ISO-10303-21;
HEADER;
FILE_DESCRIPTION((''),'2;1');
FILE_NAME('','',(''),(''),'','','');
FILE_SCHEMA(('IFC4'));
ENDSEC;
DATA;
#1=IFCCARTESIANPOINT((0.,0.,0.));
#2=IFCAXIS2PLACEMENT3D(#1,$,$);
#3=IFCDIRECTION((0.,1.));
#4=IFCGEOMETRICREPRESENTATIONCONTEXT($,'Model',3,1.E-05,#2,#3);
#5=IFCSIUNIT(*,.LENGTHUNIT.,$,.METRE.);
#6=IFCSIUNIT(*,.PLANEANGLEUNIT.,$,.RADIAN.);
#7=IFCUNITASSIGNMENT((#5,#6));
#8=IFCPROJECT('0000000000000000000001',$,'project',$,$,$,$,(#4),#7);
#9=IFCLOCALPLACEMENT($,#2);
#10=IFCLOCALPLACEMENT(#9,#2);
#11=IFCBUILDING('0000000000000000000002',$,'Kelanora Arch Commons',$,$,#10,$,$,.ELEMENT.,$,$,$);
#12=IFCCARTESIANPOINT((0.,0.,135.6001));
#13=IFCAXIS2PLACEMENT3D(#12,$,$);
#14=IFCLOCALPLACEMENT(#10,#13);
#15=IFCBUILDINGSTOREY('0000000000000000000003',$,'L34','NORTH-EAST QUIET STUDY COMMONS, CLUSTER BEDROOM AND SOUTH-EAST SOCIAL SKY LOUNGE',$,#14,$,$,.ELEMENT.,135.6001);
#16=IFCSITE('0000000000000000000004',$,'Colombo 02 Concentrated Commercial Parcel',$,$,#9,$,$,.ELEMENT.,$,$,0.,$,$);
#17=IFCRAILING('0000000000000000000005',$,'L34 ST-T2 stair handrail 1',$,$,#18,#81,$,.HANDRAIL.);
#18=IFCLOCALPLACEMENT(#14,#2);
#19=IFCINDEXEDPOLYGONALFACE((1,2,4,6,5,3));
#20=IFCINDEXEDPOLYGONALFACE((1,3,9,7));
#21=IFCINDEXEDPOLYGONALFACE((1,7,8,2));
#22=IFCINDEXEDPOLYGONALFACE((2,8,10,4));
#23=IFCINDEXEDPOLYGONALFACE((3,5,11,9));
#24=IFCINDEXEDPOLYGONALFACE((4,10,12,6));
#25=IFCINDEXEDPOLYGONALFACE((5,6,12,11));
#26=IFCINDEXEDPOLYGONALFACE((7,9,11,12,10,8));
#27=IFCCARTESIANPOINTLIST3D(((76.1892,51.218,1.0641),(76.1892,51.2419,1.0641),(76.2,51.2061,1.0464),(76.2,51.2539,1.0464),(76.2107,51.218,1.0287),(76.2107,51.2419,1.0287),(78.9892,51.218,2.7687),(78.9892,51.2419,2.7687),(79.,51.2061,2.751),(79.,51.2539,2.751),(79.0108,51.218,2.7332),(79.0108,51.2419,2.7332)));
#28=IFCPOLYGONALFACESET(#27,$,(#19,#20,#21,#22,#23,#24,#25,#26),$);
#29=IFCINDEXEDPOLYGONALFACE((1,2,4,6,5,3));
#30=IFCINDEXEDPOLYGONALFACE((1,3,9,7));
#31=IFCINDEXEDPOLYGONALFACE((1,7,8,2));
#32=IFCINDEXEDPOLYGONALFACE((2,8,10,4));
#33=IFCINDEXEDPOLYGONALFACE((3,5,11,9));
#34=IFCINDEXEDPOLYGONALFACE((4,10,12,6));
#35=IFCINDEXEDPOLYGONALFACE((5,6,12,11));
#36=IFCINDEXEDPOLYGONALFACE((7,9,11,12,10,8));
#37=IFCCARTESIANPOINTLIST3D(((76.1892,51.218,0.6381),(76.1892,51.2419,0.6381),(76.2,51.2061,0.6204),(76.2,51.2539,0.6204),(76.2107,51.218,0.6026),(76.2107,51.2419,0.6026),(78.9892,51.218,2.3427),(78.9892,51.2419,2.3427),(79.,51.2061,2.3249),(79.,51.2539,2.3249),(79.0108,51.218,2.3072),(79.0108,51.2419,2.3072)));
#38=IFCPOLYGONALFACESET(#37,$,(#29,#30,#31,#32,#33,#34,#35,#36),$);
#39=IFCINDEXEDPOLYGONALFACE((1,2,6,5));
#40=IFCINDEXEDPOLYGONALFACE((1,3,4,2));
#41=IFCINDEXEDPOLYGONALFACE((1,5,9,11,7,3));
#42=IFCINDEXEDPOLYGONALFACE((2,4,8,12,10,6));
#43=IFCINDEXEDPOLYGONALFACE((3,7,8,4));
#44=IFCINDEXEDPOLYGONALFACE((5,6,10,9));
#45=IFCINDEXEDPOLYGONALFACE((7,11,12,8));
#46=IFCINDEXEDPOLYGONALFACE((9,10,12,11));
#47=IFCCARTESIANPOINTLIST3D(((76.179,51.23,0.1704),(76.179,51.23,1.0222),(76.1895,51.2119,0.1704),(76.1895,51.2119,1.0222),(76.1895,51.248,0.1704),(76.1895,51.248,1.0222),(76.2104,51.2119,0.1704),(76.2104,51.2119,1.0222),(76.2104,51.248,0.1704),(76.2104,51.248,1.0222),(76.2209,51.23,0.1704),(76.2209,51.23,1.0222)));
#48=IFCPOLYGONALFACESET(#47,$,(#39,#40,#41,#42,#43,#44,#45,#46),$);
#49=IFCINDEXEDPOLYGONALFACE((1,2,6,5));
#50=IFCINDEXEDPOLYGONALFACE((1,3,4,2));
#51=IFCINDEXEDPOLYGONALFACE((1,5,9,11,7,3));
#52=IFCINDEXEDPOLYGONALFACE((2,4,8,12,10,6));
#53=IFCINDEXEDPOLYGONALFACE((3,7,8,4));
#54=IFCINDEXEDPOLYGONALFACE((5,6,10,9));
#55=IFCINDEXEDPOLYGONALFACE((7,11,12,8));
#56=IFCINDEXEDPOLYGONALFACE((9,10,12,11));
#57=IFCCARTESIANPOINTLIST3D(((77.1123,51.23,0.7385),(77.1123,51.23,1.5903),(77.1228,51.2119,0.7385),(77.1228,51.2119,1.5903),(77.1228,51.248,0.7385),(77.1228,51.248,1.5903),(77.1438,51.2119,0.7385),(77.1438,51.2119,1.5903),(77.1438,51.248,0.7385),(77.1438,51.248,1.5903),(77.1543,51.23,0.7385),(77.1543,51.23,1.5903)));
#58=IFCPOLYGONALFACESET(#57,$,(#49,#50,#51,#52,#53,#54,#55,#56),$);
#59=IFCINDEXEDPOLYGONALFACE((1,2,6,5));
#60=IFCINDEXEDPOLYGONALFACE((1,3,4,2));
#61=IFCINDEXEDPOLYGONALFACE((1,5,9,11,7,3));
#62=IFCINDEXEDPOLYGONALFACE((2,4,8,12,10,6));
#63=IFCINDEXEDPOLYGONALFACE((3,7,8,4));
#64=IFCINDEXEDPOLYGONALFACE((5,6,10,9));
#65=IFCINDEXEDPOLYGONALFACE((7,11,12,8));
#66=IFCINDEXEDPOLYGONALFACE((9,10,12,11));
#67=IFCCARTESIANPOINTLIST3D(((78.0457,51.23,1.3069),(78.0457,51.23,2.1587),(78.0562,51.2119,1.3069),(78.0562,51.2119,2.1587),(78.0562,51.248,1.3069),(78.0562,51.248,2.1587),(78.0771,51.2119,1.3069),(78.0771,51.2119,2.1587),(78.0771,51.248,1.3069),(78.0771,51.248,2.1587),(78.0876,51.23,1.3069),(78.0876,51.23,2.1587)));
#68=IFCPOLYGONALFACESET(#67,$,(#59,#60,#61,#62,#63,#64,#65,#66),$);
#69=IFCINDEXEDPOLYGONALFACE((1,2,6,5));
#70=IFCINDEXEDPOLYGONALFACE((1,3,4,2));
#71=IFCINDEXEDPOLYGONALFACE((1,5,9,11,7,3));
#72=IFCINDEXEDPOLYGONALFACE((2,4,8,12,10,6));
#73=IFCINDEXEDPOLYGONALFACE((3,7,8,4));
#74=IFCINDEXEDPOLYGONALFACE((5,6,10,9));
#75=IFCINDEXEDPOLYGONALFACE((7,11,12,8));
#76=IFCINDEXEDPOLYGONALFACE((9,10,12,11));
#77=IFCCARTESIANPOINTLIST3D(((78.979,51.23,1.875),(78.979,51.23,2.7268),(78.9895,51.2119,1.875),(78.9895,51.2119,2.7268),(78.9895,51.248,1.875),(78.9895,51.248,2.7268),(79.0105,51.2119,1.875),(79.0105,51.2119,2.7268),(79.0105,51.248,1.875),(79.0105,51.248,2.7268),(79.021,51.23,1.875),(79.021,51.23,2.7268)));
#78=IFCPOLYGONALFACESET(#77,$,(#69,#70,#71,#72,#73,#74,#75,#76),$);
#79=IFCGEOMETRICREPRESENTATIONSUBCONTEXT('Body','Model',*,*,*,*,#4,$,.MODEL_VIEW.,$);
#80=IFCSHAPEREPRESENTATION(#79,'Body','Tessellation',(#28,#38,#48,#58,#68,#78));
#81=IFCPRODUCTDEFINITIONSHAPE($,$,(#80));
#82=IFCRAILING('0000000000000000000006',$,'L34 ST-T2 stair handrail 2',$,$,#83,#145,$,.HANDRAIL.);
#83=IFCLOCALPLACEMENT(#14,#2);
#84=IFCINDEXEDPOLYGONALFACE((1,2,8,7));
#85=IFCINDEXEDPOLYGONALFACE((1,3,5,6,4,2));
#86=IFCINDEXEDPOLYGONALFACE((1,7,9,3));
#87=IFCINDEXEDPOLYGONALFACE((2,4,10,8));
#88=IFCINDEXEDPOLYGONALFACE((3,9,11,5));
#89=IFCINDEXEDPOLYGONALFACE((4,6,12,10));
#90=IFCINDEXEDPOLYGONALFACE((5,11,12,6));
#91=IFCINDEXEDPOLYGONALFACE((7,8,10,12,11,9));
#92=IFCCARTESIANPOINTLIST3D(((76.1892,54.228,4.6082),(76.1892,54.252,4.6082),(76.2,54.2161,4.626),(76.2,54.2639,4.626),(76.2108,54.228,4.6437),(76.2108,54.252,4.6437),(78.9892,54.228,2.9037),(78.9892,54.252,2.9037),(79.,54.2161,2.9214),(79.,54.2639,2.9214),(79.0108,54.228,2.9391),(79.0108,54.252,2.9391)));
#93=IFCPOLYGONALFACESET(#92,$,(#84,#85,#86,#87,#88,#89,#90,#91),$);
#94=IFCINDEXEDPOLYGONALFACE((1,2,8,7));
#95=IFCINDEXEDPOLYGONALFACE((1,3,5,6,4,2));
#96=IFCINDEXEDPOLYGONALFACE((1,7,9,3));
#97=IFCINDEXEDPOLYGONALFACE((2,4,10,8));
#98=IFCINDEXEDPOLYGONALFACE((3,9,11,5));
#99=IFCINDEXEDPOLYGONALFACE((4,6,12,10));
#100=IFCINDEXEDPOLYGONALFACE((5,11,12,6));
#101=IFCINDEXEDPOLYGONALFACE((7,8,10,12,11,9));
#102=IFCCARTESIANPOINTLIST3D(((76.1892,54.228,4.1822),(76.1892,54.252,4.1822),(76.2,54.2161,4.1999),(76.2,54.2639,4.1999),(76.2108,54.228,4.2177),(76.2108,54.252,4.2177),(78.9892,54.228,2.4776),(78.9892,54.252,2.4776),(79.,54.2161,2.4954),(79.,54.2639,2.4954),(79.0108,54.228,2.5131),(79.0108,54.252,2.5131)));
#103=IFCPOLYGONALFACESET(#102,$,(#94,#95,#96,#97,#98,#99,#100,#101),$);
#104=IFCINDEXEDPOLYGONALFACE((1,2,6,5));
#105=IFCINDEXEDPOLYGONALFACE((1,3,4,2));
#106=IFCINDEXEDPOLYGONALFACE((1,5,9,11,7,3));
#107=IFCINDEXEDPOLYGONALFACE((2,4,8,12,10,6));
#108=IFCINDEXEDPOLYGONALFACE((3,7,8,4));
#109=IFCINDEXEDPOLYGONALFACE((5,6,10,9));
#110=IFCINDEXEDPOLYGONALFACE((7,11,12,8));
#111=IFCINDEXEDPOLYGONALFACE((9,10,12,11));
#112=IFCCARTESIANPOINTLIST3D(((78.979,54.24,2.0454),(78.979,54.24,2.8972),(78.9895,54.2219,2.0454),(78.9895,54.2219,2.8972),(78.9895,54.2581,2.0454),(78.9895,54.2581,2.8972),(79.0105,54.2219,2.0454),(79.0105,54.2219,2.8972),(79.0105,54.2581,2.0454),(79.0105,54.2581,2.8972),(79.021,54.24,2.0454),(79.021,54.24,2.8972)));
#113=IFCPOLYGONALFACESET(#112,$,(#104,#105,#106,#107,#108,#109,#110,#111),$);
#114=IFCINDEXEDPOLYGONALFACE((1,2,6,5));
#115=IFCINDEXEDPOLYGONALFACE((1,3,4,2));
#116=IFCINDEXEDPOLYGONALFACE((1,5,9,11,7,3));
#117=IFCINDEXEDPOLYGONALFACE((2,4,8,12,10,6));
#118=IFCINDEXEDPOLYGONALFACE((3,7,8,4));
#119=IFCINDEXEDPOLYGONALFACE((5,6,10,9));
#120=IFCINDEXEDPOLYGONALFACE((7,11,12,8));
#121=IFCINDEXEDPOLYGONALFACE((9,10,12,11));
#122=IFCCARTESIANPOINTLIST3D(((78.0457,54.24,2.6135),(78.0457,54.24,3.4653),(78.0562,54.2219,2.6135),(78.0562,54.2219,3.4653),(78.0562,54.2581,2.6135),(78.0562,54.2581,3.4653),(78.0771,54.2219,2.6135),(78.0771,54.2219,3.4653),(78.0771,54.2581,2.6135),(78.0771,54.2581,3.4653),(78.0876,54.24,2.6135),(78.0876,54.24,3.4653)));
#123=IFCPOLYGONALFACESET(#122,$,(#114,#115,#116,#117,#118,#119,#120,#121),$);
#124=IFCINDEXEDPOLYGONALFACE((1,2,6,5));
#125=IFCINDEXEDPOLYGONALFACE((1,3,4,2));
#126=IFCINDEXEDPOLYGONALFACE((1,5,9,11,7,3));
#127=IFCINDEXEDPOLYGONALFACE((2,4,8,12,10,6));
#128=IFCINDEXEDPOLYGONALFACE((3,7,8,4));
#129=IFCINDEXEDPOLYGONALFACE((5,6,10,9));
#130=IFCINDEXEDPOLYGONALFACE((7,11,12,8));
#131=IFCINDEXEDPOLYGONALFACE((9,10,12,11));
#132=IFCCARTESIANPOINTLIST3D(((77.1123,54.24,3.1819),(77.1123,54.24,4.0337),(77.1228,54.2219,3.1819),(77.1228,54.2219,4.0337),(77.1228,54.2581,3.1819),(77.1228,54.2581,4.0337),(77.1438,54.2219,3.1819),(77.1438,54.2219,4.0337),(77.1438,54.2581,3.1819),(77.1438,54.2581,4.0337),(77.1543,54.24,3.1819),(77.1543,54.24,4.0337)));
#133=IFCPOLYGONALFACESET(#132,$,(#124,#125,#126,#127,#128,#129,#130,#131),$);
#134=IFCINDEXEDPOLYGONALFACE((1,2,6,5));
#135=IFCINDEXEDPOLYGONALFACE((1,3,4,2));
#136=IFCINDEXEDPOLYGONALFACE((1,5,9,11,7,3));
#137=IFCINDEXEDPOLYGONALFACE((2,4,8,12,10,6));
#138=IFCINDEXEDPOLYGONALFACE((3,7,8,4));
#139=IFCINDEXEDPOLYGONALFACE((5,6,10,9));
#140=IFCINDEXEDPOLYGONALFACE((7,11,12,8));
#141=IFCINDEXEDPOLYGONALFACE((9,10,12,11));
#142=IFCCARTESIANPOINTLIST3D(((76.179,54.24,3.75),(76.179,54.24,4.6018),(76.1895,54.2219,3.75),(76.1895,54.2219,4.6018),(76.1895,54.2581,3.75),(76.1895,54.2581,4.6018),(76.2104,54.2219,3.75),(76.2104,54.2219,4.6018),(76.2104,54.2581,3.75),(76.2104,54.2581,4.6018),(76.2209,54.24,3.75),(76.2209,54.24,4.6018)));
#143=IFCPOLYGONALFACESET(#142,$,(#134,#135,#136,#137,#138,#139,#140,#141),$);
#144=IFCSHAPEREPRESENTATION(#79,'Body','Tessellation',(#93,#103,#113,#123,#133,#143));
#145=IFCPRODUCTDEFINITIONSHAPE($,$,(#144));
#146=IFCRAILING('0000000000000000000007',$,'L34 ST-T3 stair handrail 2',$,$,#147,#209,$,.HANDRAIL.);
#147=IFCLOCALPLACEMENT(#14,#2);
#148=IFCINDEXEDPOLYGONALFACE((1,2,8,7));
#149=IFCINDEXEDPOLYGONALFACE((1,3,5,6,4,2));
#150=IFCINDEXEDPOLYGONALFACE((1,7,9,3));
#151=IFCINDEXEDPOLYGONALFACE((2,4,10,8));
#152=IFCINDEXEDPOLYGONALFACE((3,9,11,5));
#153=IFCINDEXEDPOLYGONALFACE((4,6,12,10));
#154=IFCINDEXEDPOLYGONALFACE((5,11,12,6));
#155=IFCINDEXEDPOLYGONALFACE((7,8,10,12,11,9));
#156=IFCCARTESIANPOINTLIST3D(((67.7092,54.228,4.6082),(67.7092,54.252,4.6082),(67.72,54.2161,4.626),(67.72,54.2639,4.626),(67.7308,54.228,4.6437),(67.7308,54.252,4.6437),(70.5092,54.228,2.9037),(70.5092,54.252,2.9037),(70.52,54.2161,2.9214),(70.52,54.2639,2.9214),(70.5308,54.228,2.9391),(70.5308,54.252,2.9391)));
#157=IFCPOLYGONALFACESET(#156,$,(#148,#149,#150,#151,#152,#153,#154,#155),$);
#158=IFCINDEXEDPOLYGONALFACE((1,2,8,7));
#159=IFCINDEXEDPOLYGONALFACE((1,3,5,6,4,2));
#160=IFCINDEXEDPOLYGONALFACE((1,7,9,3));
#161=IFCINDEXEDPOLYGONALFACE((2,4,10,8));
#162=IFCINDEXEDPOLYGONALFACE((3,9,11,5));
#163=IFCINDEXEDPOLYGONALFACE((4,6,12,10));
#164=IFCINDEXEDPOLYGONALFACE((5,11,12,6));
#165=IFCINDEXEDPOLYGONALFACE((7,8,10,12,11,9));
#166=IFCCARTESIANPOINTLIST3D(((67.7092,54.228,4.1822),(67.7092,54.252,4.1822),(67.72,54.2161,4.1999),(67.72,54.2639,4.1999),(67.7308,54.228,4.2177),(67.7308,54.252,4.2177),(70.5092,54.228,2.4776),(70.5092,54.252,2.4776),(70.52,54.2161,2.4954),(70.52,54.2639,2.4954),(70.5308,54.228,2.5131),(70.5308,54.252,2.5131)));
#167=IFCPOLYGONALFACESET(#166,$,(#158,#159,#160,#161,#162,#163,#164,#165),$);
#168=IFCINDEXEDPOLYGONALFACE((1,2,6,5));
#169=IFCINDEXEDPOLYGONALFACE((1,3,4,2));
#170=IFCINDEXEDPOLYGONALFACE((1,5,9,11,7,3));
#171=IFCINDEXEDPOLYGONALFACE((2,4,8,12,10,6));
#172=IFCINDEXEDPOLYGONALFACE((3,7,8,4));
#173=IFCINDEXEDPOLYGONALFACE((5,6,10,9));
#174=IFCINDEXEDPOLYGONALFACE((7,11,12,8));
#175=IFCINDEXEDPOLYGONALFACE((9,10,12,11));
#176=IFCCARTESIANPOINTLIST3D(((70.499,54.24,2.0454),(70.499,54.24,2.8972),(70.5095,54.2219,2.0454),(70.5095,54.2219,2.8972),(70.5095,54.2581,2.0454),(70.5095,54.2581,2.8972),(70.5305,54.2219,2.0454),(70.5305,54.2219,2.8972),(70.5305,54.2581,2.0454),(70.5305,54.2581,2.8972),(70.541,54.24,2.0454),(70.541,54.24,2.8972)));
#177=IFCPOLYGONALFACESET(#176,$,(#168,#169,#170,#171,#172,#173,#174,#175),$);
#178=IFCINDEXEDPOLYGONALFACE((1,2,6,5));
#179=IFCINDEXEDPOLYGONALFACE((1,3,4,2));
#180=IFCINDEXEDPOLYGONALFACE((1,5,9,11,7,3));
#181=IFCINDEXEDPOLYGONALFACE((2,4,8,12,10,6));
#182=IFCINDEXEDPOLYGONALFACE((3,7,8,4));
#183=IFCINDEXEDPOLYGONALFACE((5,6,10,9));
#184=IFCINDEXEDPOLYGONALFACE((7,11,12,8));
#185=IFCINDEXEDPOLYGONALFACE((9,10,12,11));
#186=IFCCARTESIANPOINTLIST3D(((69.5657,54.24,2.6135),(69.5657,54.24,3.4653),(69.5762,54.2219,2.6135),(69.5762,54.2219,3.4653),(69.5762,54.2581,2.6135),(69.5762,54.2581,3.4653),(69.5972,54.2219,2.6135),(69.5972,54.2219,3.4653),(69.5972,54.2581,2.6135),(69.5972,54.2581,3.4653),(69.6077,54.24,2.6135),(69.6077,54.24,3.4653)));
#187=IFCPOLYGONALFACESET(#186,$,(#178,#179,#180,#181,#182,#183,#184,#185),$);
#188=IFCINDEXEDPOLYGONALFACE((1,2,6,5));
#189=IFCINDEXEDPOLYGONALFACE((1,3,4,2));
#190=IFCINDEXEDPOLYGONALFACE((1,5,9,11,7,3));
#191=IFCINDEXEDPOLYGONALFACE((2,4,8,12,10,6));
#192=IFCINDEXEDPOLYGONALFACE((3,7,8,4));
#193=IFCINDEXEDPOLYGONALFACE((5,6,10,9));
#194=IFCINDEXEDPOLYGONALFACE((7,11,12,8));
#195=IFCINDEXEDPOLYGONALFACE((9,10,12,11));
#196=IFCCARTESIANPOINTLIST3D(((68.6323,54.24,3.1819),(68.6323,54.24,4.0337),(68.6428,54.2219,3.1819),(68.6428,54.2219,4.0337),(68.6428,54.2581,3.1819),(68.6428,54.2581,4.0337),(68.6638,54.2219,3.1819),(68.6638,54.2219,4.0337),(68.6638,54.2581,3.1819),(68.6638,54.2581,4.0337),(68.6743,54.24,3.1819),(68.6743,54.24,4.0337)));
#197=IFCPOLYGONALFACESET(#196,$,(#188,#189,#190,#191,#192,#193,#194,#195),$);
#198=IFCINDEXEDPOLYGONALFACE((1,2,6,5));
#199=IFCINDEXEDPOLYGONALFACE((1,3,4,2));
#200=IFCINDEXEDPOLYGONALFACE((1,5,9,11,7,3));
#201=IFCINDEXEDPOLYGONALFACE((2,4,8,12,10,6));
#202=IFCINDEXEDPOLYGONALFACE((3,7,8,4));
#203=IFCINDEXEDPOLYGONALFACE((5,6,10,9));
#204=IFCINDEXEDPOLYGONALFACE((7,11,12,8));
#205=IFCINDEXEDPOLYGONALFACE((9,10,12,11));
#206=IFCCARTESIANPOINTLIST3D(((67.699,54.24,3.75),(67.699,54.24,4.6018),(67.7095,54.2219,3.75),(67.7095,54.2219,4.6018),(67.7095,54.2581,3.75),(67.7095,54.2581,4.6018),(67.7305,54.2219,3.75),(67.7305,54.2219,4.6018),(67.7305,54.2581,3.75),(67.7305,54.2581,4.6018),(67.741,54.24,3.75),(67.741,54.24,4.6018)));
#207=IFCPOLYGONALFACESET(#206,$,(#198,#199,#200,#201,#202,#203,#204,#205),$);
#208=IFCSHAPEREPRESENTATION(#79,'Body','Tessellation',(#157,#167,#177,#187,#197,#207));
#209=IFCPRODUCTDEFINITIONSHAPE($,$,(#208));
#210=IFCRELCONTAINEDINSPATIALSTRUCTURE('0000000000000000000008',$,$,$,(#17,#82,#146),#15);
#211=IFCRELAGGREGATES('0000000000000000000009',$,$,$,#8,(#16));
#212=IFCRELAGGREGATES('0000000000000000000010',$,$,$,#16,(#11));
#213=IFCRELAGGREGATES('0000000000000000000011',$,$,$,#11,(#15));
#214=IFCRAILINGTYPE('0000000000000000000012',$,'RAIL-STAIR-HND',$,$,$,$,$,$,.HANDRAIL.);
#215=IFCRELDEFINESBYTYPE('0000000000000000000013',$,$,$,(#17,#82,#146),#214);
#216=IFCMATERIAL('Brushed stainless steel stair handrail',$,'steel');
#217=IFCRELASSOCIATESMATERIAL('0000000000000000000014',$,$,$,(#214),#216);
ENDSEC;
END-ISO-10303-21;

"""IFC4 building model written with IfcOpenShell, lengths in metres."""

from ifc_helpers import new_model, si_unit, direction, frame, origin, place, context, subcontext, project, spatial, polyline, outline, extrude, material, type_object, element, save


model = new_model("IFC4")

# Units and contexts
model_context = context("Model", 3, precision=1e-05, world=origin(), true_north=direction((0.0, 1.0)))
body_context = subcontext(model_context, "Body", "Model", "MODEL_VIEW")
ifc_project = project(units=[si_unit("LENGTHUNIT", "METRE"), si_unit("PLANEANGLEUNIT", "RADIAN")], contexts=[model_context])

# Site, building, storey
site_placement = place(None, origin())
site = spatial("IfcSite", under=ifc_project, at=site_placement, Name="Colombo 02 Concentrated Commercial Parcel", CompositionType="ELEMENT", RefElevation=0.0)
building_placement = place(site_placement, origin())
building = spatial("IfcBuilding", under=site, at=building_placement, Name="Kelanora Arch Commons", CompositionType="ELEMENT")
storey_placement = place(building_placement, frame((0.0, 0.0, 135.6001)))
storey = spatial("IfcBuildingStorey", under=building, at=storey_placement, Name="L34", Description="NORTH-EAST QUIET STUDY COMMONS, CLUSTER BEDROOM AND SOUTH-EAST SOCIAL SKY LOUNGE", CompositionType="ELEMENT", Elevation=135.6001)

# Railings
ifc_material_1 = material(Name="Brushed stainless steel stair handrail", Category="steel")
railing_type_1 = type_object("IfcRailingType", Name="RAIL-STAIR-HND", PredefinedType="HANDRAIL", material=ifc_material_1)
railing_1_placement = place(storey_placement, frame((76.2, 51.23, 0.1704)))
element("IfcRailing", 1, at=railing_1_placement, inside=storey, type_object=railing_type_1, Name="L34 ST-T2 stair handrail 1", PredefinedType="HANDRAIL", context=body_context, shape_type="SweptSolid", body=[
    extrude(outline(polyline([(0.0239, 0.0), (0.012, 0.0208), (-0.012, 0.0208), (-0.0239, 0.0), (-0.012, -0.0208), (0.012, -0.0208), (0.0239, 0.0)])), frame((0.0, 0.0, 0.876), z_axis=(0.85417, 0.0, 0.519994), x_axis=(0.0, 1.0, 0.0)), (0.0, 0.0, 1.0), 3.2781),
    extrude(outline(polyline([(0.0239, 0.0), (0.012, 0.0208), (-0.012, 0.0208), (-0.0239, 0.0), (-0.012, -0.0208), (0.012, -0.0208), (0.0239, 0.0)])), frame((0.0, 0.0, 0.45), z_axis=(0.85417, 0.0, 0.519994), x_axis=(0.0, 1.0, 0.0)), (0.0, 0.0, 1.0), 3.2781),
    extrude(outline(polyline([(0.021, 0.0), (0.0105, 0.0181), (-0.0105, 0.0181), (-0.021, 0.0), (-0.0105, -0.0181), (0.0105, -0.0181), (0.021, 0.0)])), origin(), (0.0, 0.0, 1.0), 0.8518),
    extrude(outline(polyline([(0.021, 0.0), (0.0105, 0.0181), (-0.0105, 0.0181), (-0.021, 0.0), (-0.0105, -0.0181), (0.0105, -0.0181), (0.021, 0.0)])), frame((0.9333, 0.0, 0.5681)), (0.0, 0.0, 1.0), 0.8518),
    extrude(outline(polyline([(0.021, 0.0), (0.0105, 0.0181), (-0.0105, 0.0181), (-0.021, 0.0), (-0.0105, -0.0181), (0.0105, -0.0181), (0.021, 0.0)])), frame((1.8667, 0.0, 1.1365)), (0.0, 0.0, 1.0), 0.8518),
    extrude(outline(polyline([(0.021, 0.0), (0.0105, 0.0181), (-0.0105, 0.0181), (-0.021, 0.0), (-0.0105, -0.0181), (0.0105, -0.0181), (0.021, 0.0)])), frame((2.8, 0.0, 1.7046)), (0.0, 0.0, 1.0), 0.8518),
])
railing_2_placement = place(storey_placement, frame((79.0, 54.24, 2.0454)))
element("IfcRailing", 2, at=railing_2_placement, inside=storey, type_object=railing_type_1, Name="L34 ST-T2 stair handrail 2", PredefinedType="HANDRAIL", context=body_context, shape_type="SweptSolid", body=[
    extrude(outline(polyline([(0.0239, 0.0), (0.012, 0.0208), (-0.012, 0.0208), (-0.0239, 0.0), (-0.012, -0.0208), (0.012, -0.0208), (0.0239, 0.0)])), frame((0.0, 0.0, 0.876), z_axis=(-0.85417, 0.0, 0.519994), x_axis=(0.0, -1.0, 0.0)), (0.0, 0.0, 1.0), 3.2781),
    extrude(outline(polyline([(0.0239, 0.0), (0.012, 0.0208), (-0.012, 0.0208), (-0.0239, 0.0), (-0.012, -0.0208), (0.012, -0.0208), (0.0239, 0.0)])), frame((0.0, 0.0, 0.45), z_axis=(-0.85417, 0.0, 0.519994), x_axis=(0.0, -1.0, 0.0)), (0.0, 0.0, 1.0), 3.2781),
    extrude(outline(polyline([(0.021, 0.0), (0.0105, 0.0181), (-0.0105, 0.0181), (-0.021, 0.0), (-0.0105, -0.0181), (0.0105, -0.0181), (0.021, 0.0)])), origin(), (0.0, 0.0, 1.0), 0.8518),
    extrude(outline(polyline([(0.021, 0.0), (0.0105, 0.0181), (-0.0105, 0.0181), (-0.021, 0.0), (-0.0105, -0.0181), (0.0105, -0.0181), (0.021, 0.0)])), frame((-0.9333, 0.0, 0.5681)), (0.0, 0.0, 1.0), 0.8518),
    extrude(outline(polyline([(0.021, 0.0), (0.0105, 0.0181), (-0.0105, 0.0181), (-0.021, 0.0), (-0.0105, -0.0181), (0.0105, -0.0181), (0.021, 0.0)])), frame((-1.8667, 0.0, 1.1365)), (0.0, 0.0, 1.0), 0.8518),
    extrude(outline(polyline([(0.021, 0.0), (0.0105, 0.0181), (-0.0105, 0.0181), (-0.021, 0.0), (-0.0105, -0.0181), (0.0105, -0.0181), (0.021, 0.0)])), frame((-2.8, 0.0, 1.7046)), (0.0, 0.0, 1.0), 0.8518),
])
railing_3_placement = place(storey_placement, frame((70.52, 54.24, 2.0454)))
element("IfcRailing", 3, at=railing_3_placement, inside=storey, type_object=railing_type_1, Name="L34 ST-T3 stair handrail 2", PredefinedType="HANDRAIL", context=body_context, shape_type="SweptSolid", body=[
    extrude(outline(polyline([(0.0239, 0.0), (0.012, 0.0208), (-0.012, 0.0208), (-0.0239, 0.0), (-0.012, -0.0208), (0.012, -0.0208), (0.0239, 0.0)])), frame((0.0, 0.0, 0.876), z_axis=(-0.85417, 0.0, 0.519994), x_axis=(0.0, -1.0, 0.0)), (0.0, 0.0, 1.0), 3.2781),
    extrude(outline(polyline([(0.0239, 0.0), (0.012, 0.0208), (-0.012, 0.0208), (-0.0239, 0.0), (-0.012, -0.0208), (0.012, -0.0208), (0.0239, 0.0)])), frame((0.0, 0.0, 0.45), z_axis=(-0.85417, 0.0, 0.519994), x_axis=(0.0, -1.0, 0.0)), (0.0, 0.0, 1.0), 3.2781),
    extrude(outline(polyline([(0.021, 0.0), (0.0105, 0.0181), (-0.0105, 0.0181), (-0.021, 0.0), (-0.0105, -0.0181), (0.0105, -0.0181), (0.021, 0.0)])), origin(), (0.0, 0.0, 1.0), 0.8518),
    extrude(outline(polyline([(0.021, 0.0), (0.0105, 0.0181), (-0.0105, 0.0181), (-0.021, 0.0), (-0.0105, -0.0181), (0.0105, -0.0181), (0.021, 0.0)])), frame((-0.9333, 0.0, 0.5681)), (0.0, 0.0, 1.0), 0.8518),
    extrude(outline(polyline([(0.021, 0.0), (0.0105, 0.0181), (-0.0105, 0.0181), (-0.021, 0.0), (-0.0105, -0.0181), (0.0105, -0.0181), (0.021, 0.0)])), frame((-1.8667, 0.0, 1.1365)), (0.0, 0.0, 1.0), 0.8518),
    extrude(outline(polyline([(0.021, 0.0), (0.0105, 0.0181), (-0.0105, 0.0181), (-0.021, 0.0), (-0.0105, -0.0181), (0.0105, -0.0181), (0.021, 0.0)])), frame((-2.8, 0.0, 1.7046)), (0.0, 0.0, 1.0), 0.8518),
])

save(model, "model.ifc")
